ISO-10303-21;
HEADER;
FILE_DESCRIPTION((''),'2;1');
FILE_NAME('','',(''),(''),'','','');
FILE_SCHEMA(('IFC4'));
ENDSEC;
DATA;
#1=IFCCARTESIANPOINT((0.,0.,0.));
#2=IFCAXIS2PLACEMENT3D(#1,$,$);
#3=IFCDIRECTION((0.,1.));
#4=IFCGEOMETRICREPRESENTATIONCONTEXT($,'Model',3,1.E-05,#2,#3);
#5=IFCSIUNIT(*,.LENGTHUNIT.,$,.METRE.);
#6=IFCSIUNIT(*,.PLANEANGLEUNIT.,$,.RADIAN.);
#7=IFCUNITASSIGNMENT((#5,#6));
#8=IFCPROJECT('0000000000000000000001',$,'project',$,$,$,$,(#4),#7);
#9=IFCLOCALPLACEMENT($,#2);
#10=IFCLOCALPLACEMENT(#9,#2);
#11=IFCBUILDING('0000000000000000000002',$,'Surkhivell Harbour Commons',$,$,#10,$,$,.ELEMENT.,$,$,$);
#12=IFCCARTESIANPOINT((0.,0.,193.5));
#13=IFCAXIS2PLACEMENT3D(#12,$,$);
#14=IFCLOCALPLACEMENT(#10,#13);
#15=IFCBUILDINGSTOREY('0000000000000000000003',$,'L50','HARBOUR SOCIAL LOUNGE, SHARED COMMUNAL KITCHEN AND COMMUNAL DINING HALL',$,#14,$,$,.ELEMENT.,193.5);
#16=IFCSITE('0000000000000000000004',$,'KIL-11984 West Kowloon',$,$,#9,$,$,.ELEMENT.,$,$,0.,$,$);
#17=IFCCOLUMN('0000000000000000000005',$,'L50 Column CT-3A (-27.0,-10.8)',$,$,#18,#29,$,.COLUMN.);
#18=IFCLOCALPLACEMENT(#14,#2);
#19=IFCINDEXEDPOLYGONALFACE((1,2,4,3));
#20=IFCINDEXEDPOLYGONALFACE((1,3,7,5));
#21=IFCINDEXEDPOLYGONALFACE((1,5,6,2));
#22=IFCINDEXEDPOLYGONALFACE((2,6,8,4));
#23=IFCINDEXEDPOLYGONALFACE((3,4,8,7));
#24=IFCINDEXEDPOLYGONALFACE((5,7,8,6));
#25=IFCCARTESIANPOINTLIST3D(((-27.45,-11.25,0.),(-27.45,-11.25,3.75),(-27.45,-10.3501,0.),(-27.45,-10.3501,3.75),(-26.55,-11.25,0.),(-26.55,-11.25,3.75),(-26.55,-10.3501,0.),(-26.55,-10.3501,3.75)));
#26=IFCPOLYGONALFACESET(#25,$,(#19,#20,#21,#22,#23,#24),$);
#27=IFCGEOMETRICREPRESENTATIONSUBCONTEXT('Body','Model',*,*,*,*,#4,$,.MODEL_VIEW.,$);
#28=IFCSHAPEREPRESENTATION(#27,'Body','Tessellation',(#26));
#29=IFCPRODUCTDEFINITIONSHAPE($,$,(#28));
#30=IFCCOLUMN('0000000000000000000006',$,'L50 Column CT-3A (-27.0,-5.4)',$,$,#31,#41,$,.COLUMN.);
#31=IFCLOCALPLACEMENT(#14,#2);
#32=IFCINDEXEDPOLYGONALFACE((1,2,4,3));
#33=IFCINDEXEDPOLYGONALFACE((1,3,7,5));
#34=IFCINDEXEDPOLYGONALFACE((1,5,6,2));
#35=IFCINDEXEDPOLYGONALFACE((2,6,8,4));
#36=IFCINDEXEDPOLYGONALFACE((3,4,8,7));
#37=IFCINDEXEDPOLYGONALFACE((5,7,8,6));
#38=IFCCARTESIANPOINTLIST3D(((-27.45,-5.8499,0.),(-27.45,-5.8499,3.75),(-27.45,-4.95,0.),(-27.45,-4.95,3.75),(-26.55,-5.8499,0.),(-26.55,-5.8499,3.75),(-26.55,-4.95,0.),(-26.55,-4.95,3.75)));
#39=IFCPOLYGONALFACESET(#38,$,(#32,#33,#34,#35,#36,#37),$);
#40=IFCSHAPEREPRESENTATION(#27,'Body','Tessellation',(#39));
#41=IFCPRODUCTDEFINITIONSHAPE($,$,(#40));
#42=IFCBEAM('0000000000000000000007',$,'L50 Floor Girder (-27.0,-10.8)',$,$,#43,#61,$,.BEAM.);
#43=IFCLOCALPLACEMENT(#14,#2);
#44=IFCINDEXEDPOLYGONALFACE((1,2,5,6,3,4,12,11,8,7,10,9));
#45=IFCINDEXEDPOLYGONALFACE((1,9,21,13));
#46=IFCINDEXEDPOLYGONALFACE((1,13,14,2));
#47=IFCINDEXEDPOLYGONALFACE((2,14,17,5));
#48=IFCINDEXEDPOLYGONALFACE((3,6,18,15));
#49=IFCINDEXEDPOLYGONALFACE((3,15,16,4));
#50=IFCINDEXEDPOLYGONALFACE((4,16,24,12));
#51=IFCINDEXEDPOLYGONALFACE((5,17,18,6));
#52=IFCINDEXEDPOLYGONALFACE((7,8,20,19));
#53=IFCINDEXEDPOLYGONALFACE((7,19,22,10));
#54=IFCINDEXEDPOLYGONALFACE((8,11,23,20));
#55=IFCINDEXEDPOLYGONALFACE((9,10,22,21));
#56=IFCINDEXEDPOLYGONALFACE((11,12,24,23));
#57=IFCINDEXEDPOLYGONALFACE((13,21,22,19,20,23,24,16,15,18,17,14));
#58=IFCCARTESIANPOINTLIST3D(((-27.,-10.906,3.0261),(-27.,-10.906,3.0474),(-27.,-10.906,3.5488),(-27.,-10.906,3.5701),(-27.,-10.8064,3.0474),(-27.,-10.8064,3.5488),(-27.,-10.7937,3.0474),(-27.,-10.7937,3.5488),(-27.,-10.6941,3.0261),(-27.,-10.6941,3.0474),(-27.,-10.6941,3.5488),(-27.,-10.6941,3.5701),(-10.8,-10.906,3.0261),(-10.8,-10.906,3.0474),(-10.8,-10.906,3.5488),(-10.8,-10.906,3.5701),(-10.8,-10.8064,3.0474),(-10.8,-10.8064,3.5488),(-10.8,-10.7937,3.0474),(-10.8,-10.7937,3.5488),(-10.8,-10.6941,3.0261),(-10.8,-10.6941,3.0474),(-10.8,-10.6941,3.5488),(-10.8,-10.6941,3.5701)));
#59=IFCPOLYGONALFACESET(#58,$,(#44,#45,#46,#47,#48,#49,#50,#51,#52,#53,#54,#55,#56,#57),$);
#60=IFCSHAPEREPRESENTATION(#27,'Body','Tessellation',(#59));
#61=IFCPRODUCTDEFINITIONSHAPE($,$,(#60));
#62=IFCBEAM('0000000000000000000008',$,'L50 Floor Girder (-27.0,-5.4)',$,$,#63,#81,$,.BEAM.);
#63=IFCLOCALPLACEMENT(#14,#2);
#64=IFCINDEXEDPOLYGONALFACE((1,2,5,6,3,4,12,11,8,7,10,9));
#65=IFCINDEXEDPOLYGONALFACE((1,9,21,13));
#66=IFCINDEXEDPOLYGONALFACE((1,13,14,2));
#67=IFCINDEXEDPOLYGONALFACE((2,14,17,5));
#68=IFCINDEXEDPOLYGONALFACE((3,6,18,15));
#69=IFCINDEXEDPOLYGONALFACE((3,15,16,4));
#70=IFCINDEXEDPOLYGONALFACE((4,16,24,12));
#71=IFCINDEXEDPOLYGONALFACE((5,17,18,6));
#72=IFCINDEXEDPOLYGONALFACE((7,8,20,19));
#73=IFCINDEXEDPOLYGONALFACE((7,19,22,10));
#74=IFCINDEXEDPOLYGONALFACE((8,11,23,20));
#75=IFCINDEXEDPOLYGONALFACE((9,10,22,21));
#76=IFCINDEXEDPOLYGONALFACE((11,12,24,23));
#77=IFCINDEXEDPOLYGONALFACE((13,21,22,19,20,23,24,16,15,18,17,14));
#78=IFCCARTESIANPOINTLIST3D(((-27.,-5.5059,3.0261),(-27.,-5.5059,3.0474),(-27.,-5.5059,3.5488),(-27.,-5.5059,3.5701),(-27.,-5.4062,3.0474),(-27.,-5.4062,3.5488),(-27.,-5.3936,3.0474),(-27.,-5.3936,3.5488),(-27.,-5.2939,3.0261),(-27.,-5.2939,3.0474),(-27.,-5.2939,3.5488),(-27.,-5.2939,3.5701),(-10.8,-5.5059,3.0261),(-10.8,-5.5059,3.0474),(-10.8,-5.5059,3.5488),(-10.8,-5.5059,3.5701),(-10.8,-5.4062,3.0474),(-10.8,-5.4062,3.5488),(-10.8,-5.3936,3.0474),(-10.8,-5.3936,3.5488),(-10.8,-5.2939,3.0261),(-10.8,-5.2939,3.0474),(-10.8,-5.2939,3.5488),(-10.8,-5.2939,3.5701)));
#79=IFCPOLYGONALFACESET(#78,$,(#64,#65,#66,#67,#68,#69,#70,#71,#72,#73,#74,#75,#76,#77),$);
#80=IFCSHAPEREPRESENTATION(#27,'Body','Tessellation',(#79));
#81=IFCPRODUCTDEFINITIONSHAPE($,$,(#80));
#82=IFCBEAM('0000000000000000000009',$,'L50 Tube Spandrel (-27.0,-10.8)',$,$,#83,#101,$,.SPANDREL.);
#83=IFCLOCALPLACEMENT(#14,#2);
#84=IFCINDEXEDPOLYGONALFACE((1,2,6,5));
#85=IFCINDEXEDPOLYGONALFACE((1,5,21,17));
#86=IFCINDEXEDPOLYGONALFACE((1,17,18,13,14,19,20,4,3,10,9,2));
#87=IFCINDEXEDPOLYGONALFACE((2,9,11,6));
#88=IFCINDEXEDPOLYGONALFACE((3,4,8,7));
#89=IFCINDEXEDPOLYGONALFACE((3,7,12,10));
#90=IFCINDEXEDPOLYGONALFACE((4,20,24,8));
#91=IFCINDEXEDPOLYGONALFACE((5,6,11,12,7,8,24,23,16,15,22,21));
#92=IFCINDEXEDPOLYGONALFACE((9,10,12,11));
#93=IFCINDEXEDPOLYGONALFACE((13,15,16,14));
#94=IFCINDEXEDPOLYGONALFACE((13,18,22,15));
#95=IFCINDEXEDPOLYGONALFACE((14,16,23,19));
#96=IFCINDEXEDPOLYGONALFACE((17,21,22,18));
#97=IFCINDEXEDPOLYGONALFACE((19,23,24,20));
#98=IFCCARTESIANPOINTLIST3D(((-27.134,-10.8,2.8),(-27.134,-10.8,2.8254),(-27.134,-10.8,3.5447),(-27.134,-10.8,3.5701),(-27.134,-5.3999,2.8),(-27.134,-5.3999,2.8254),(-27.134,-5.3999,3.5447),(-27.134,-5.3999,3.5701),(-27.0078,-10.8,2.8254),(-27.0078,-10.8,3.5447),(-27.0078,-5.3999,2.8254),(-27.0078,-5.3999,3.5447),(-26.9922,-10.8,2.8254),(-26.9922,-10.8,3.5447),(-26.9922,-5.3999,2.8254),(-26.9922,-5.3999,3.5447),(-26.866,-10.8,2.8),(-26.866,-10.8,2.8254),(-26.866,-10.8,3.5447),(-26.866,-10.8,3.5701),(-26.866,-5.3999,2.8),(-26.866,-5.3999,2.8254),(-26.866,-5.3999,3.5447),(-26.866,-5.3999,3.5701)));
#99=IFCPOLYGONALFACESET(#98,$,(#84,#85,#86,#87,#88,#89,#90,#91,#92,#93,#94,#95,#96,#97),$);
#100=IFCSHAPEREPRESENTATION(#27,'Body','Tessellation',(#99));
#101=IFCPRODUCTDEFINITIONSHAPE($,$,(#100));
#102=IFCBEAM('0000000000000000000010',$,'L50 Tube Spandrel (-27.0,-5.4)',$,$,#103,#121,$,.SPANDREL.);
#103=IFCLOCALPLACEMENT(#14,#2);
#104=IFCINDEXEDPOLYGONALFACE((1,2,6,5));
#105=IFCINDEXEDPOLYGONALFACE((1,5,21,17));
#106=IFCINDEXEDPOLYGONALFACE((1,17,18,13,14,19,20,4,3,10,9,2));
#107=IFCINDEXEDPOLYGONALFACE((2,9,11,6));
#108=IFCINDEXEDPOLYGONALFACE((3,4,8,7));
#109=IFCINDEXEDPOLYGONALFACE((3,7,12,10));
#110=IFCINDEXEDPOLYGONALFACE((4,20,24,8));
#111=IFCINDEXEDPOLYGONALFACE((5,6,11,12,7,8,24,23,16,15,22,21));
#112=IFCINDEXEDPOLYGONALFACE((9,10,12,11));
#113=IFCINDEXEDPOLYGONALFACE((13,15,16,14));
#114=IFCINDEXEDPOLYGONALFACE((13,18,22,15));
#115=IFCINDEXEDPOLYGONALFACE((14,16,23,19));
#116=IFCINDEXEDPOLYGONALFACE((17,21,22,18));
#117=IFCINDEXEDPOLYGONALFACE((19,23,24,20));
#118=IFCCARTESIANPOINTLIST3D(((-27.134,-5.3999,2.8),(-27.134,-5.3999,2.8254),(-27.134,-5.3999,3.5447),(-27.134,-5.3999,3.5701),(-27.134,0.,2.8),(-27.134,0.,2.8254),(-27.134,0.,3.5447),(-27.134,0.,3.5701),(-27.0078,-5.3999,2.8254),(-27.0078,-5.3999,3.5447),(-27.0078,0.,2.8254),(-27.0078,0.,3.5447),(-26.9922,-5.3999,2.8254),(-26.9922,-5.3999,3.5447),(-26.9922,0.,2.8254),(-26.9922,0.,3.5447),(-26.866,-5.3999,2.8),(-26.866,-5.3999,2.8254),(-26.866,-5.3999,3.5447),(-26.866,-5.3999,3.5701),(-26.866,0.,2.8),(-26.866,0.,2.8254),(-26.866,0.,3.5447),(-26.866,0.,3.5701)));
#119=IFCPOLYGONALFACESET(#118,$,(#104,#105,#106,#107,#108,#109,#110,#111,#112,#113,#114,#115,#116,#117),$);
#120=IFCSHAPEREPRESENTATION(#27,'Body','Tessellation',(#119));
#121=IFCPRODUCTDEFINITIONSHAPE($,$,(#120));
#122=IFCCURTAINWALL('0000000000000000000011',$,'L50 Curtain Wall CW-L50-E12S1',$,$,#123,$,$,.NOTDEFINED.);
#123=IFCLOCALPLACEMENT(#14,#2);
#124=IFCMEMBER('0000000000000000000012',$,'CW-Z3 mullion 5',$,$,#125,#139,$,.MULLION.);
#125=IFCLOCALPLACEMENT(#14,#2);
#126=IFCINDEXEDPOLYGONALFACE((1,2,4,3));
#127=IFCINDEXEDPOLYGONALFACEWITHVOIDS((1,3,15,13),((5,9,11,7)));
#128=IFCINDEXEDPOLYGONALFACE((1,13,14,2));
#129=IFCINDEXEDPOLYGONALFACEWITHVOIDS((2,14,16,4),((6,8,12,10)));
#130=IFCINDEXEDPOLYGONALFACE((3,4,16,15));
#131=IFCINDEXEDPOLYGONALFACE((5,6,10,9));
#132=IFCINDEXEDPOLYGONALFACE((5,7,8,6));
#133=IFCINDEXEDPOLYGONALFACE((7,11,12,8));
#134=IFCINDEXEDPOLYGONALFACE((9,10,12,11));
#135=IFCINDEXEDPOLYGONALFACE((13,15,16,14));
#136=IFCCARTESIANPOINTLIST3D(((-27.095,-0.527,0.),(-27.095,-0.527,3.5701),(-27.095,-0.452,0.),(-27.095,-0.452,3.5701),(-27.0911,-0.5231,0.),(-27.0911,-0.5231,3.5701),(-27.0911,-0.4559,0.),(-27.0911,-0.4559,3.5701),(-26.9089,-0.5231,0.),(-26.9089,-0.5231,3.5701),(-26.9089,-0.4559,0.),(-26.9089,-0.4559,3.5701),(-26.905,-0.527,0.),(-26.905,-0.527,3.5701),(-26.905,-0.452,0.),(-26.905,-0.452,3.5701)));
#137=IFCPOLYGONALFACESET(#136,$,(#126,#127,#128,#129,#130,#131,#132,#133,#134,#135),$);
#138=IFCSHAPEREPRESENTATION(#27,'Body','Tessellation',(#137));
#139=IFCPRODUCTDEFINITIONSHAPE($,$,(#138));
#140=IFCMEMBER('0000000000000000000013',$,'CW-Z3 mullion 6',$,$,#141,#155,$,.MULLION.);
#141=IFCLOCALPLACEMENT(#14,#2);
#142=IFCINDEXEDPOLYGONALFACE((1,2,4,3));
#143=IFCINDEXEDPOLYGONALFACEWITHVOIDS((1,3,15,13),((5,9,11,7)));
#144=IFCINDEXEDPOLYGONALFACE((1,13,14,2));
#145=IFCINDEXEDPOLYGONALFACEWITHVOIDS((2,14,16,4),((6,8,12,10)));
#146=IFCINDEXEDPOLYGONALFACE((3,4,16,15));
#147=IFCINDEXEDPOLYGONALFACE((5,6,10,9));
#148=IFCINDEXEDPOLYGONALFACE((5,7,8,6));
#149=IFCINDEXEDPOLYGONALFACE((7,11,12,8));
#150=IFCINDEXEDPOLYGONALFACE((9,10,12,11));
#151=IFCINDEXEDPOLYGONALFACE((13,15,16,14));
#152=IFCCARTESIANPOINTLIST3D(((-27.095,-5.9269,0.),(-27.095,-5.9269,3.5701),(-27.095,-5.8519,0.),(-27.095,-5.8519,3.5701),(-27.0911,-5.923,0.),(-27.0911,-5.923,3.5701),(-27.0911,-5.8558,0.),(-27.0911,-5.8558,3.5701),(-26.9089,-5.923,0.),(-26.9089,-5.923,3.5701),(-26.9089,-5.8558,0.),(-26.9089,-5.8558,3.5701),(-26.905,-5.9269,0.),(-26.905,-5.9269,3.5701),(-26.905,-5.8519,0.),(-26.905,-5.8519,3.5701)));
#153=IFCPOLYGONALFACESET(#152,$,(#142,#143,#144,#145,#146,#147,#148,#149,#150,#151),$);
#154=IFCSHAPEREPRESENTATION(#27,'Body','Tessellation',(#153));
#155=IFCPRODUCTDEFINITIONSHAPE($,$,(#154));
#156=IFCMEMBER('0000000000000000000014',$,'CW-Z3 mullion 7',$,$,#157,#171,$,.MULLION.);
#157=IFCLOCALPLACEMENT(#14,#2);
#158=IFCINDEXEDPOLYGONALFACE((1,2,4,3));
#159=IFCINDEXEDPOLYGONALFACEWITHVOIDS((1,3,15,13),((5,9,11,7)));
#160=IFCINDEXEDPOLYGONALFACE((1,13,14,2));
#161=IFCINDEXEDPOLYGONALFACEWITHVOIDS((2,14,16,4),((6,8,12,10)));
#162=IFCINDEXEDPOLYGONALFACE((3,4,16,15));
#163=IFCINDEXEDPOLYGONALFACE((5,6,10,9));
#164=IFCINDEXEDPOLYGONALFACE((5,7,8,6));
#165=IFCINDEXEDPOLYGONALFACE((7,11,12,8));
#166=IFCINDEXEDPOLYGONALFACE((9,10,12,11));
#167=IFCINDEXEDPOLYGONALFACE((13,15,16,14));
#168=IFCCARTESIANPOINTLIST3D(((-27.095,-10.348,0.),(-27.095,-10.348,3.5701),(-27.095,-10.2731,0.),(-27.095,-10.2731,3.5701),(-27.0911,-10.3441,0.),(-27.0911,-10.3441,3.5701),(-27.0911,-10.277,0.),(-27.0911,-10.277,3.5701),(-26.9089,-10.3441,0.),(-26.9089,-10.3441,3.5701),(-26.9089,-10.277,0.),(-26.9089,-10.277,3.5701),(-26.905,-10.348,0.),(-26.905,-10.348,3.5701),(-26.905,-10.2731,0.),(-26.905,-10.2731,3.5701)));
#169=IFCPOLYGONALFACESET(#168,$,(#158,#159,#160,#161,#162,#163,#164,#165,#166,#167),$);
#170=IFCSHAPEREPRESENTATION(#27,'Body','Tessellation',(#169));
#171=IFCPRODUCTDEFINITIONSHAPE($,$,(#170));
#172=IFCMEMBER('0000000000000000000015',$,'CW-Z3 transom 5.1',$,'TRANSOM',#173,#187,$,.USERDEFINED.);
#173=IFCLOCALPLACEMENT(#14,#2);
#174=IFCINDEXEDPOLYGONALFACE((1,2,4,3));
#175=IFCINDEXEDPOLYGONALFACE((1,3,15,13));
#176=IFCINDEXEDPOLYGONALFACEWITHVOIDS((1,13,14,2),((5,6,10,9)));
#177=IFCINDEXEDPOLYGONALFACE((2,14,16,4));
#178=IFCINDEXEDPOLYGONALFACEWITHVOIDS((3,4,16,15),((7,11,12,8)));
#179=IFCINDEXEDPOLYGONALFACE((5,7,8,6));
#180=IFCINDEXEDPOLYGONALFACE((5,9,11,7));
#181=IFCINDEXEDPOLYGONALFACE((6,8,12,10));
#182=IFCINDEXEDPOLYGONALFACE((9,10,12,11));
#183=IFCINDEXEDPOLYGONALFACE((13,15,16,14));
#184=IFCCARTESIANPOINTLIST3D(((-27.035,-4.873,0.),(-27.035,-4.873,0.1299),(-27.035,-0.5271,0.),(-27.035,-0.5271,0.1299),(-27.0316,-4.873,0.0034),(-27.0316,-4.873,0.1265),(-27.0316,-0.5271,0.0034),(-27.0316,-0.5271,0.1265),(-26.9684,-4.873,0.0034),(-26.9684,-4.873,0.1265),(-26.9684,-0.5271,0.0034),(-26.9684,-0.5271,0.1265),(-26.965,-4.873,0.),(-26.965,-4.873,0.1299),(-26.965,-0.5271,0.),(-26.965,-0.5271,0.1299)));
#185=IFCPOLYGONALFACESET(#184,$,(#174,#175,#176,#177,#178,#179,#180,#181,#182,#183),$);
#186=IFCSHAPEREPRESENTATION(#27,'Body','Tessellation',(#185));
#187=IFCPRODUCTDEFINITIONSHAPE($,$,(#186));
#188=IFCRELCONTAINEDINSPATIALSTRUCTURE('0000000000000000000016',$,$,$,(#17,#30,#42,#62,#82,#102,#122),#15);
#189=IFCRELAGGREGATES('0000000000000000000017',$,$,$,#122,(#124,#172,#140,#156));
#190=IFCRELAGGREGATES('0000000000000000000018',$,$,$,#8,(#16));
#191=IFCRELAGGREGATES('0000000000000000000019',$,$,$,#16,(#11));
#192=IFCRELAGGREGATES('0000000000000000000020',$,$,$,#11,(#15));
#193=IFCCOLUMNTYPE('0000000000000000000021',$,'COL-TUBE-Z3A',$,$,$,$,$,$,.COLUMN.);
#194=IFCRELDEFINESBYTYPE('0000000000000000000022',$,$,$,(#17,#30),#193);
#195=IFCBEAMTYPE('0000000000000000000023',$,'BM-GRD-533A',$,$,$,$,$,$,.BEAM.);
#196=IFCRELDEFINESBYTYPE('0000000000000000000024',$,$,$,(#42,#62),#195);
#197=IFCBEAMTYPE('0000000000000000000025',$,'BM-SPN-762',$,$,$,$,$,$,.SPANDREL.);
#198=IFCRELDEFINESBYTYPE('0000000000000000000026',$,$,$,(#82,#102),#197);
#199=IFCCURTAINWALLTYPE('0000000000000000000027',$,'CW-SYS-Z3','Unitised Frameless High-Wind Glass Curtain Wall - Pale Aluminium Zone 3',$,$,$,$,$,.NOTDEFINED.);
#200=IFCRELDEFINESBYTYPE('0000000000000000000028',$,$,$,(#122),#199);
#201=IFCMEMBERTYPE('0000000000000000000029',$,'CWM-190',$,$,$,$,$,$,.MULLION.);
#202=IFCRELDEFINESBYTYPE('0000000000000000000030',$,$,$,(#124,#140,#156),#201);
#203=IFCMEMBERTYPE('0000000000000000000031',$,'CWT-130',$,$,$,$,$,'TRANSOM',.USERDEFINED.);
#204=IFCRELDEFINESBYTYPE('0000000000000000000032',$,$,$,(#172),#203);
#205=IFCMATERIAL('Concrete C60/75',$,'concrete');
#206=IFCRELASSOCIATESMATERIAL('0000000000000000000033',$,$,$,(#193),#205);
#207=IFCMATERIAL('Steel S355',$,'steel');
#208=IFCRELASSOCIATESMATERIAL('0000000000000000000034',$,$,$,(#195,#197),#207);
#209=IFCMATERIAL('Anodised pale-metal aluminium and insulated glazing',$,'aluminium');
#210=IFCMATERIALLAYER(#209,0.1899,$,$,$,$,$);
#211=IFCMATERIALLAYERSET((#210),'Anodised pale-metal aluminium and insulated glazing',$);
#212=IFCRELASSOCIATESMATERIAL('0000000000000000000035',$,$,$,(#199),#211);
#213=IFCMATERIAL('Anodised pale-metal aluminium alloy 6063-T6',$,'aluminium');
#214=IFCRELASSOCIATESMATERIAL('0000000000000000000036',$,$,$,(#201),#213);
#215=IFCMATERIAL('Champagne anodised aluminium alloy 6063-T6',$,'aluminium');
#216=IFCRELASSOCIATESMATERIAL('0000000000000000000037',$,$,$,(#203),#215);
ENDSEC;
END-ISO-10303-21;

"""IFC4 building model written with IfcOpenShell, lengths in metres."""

from ifc_helpers import new_model, si_unit, direction, frame, origin, origin_2d, place, context, subcontext, project, spatial, rectangle, hollow_rectangle, i_section, extrude, material, layer, layer_set, material_profile, profile_set, type_object, element, aggregate, save


model = new_model("IFC4")

# Units and contexts
model_context = context("Model", 3, precision=1e-05, world=origin(), true_north=direction((0.0, 1.0)))
body_context = subcontext(model_context, "Body", "Model", "MODEL_VIEW")
ifc_project = project(units=[si_unit("LENGTHUNIT", "METRE"), si_unit("PLANEANGLEUNIT", "RADIAN")], contexts=[model_context])

# Site, building, storey
site_placement = place(None, origin())
site = spatial("IfcSite", under=ifc_project, at=site_placement, Name="KIL-11984 West Kowloon", CompositionType="ELEMENT", RefElevation=0.0)
building_placement = place(site_placement, origin())
building = spatial("IfcBuilding", under=site, at=building_placement, Name="Surkhivell Harbour Commons", CompositionType="ELEMENT")
storey_placement = place(building_placement, frame((0.0, 0.0, 193.5)))
storey = spatial("IfcBuildingStorey", under=building, at=storey_placement, Name="L50", Description="HARBOUR SOCIAL LOUNGE, SHARED COMMUNAL KITCHEN AND COMMUNAL DINING HALL", CompositionType="ELEMENT", Elevation=193.5)

# Columns
ifc_material_1 = material(Name="Concrete C60/75", Category="concrete")
ifc_material_profile_1 = material_profile(ifc_material_1, rectangle(XDim=0.8999, YDim=0.8999, at=origin_2d()), Name="RC-COL-900x900")
ifc_profile_set_1 = profile_set([ifc_material_profile_1], Name="Concrete C60/75")
column_type = type_object("IfcColumnType", Name="COL-TUBE-Z3A", PredefinedType="COLUMN", material=ifc_profile_set_1)
for number, where, z_axis, x_axis, name in (
    (1, (-27.0, -10.8, 0.0), (0.0, 0.0, 1.0), (1.0, 0.0, 0.0), "L50 Column CT-3A (-27.0,-10.8)"),
    (2, (-27.0, -5.3999, 0.0), (0.0, 0.0, 1.0), (1.0, 0.0, 0.0), "L50 Column CT-3A (-27.0,-5.4)"),
):
    element("IfcColumn", number, at=place(storey_placement, frame(where, z_axis=z_axis, x_axis=x_axis)), inside=storey, type_object=column_type, Name=name, PredefinedType="COLUMN", context=body_context, shape_type="SweptSolid", body=[
        extrude(rectangle(XDim=0.8999, YDim=0.8999, at=origin_2d()), origin(), (0.0, 0.0, 1.0), 3.75),
    ])

# Beams
ifc_material_2 = material(Name="Steel S355", Category="steel")
ifc_material_profile_2 = material_profile(ifc_material_2, i_section(OverallWidth=0.2119, OverallDepth=0.5439, WebThickness=0.0127, FlangeThickness=0.0212, at=origin_2d()), Name="UB533x210x122")
ifc_profile_set_2 = profile_set([ifc_material_profile_2], Name="Steel S355")
beam_type_1 = type_object("IfcBeamType", Name="BM-GRD-533A", PredefinedType="BEAM", material=ifc_profile_set_2)
for number, where, z_axis, x_axis, name in (
    (3, (-27.0, -10.8, 3.2981), (1.0, 0.0, 0.0), (0.0, 1.0, 0.0), "L50 Floor Girder (-27.0,-10.8)"),
    (4, (-27.0, -5.3999, 3.2981), (1.0, 0.0, 0.0), (0.0, 1.0, 0.0), "L50 Floor Girder (-27.0,-5.4)"),
):
    element("IfcBeam", number, at=place(storey_placement, frame(where, z_axis=z_axis, x_axis=x_axis)), inside=storey, type_object=beam_type_1, Name=name, PredefinedType="BEAM", context=body_context, shape_type="SweptSolid", body=[
        extrude(i_section(OverallWidth=0.2119, OverallDepth=0.5439, WebThickness=0.0127, FlangeThickness=0.0212, at=origin_2d()), origin(), (0.0, 0.0, 1.0), 16.2),
    ])
ifc_material_profile_3 = material_profile(ifc_material_2, i_section(OverallWidth=0.2681, OverallDepth=0.77, WebThickness=0.0156, FlangeThickness=0.0254, at=origin_2d()), Name="UB762x267x197")
ifc_profile_set_3 = profile_set([ifc_material_profile_3], Name="Steel S355")
beam_type_2 = type_object("IfcBeamType", Name="BM-SPN-762", PredefinedType="SPANDREL", material=ifc_profile_set_3)
beam_1_placement = place(storey_placement, frame((-27.0, -10.8, 3.1851), z_axis=(0.0, 1.0, 0.0), x_axis=(-1.0, 0.0, 0.0)))
element("IfcBeam", 5, at=beam_1_placement, inside=storey, type_object=beam_type_2, Name="L50 Tube Spandrel (-27.0,-10.8)", PredefinedType="SPANDREL", context=body_context, shape_type="SweptSolid", body=[
    extrude(i_section(OverallWidth=0.2681, OverallDepth=0.77, WebThickness=0.0156, FlangeThickness=0.0254, at=origin_2d()), origin(), (0.0, 0.0, 1.0), 5.4001),
])
beam_2_placement = place(storey_placement, frame((-27.0, -5.3999, 3.1851), z_axis=(0.0, 1.0, 0.0), x_axis=(-1.0, 0.0, 0.0)))
element("IfcBeam", 6, at=beam_2_placement, inside=storey, type_object=beam_type_2, Name="L50 Tube Spandrel (-27.0,-5.4)", PredefinedType="SPANDREL", context=body_context, shape_type="SweptSolid", body=[
    extrude(i_section(OverallWidth=0.2681, OverallDepth=0.77, WebThickness=0.0156, FlangeThickness=0.0254, at=origin_2d()), origin(), (0.0, 0.0, 1.0), 5.3999),
])

# Curtain wall, members
ifc_material_3 = material(Name="Anodised pale-metal aluminium and insulated glazing", Category="aluminium")
ifc_layer_1 = layer(ifc_material_3, 0.1899)
ifc_layer_set_1 = layer_set([ifc_layer_1], Name="Anodised pale-metal aluminium and insulated glazing")
curtain_wall_type = type_object("IfcCurtainWallType", Name="CW-SYS-Z3", Description="Unitised Frameless High-Wind Glass Curtain Wall - Pale Aluminium Zone 3", PredefinedType="NOTDEFINED", material=ifc_layer_set_1)
curtain_wall_placement = place(storey_placement, origin())
curtain_wall = element("IfcCurtainWall", 7, at=curtain_wall_placement, inside=storey, type_object=curtain_wall_type, Name="L50 Curtain Wall CW-L50-E12S1", PredefinedType="NOTDEFINED")
ifc_material_4 = material(Name="Anodised pale-metal aluminium alloy 6063-T6", Category="aluminium")
ifc_material_profile_4 = material_profile(ifc_material_4, hollow_rectangle(XDim=0.075, YDim=0.1899, WallThickness=0.0039, at=origin_2d()), Name="ALU-MULL-75x190")
ifc_profile_set_4 = profile_set([ifc_material_profile_4], Name="Anodised pale-metal aluminium alloy 6063-T6")
member_type_1 = type_object("IfcMemberType", Name="CWM-190", PredefinedType="MULLION", material=ifc_profile_set_4)
member_1_placement = place(storey_placement, frame((-27.0, -0.4895, 0.0), z_axis=(0.0, 0.0, 1.0), x_axis=(0.0, -1.0, 0.0)))
member_1 = element("IfcMember", 8, at=member_1_placement, type_object=member_type_1, Name="CW-Z3 mullion 5", PredefinedType="MULLION", context=body_context, shape_type="SweptSolid", body=[
    extrude(hollow_rectangle(XDim=0.075, YDim=0.1899, WallThickness=0.0039, at=origin_2d()), origin(), (0.0, 0.0, 1.0), 3.5701),
])
member_2_placement = place(storey_placement, frame((-27.0, -5.8894, 0.0), z_axis=(0.0, 0.0, 1.0), x_axis=(0.0, -1.0, 0.0)))
member_2 = element("IfcMember", 9, at=member_2_placement, type_object=member_type_1, Name="CW-Z3 mullion 6", PredefinedType="MULLION", context=body_context, shape_type="SweptSolid", body=[
    extrude(hollow_rectangle(XDim=0.075, YDim=0.1899, WallThickness=0.0039, at=origin_2d()), origin(), (0.0, 0.0, 1.0), 3.5701),
])
member_3_placement = place(storey_placement, frame((-27.0, -10.3105, 0.0), z_axis=(0.0, 0.0, 1.0), x_axis=(0.0, -1.0, 0.0)))
member_3 = element("IfcMember", 10, at=member_3_placement, type_object=member_type_1, Name="CW-Z3 mullion 7", PredefinedType="MULLION", context=body_context, shape_type="SweptSolid", body=[
    extrude(hollow_rectangle(XDim=0.075, YDim=0.1899, WallThickness=0.0039, at=origin_2d()), origin(), (0.0, 0.0, 1.0), 3.5701),
])
ifc_material_5 = material(Name="Champagne anodised aluminium alloy 6063-T6", Category="aluminium")
ifc_material_profile_5 = material_profile(ifc_material_5, hollow_rectangle(XDim=0.0701, YDim=0.1299, WallThickness=0.0034, at=origin_2d()), Name="ALU-TRAN-70x130")
ifc_profile_set_5 = profile_set([ifc_material_profile_5], Name="Champagne anodised aluminium alloy 6063-T6")
member_type_2 = type_object("IfcMemberType", Name="CWT-130", ElementType="TRANSOM", PredefinedType="USERDEFINED", material=ifc_profile_set_5)
member_4_placement = place(storey_placement, frame((-27.0, -0.5271, 0.0649), z_axis=(0.0, -1.0, 0.0), x_axis=(1.0, 0.0, 0.0)))
member_4 = element("IfcMember", 11, at=member_4_placement, type_object=member_type_2, Name="CW-Z3 transom 5.1", ObjectType="TRANSOM", PredefinedType="USERDEFINED", context=body_context, shape_type="SweptSolid", body=[
    extrude(hollow_rectangle(XDim=0.0701, YDim=0.1299, WallThickness=0.0034, at=origin_2d()), origin(), (0.0, 0.0, 1.0), 4.3459),
])

aggregate(curtain_wall, [member_1, member_4, member_2, member_3])

save(model, "model.ifc")
